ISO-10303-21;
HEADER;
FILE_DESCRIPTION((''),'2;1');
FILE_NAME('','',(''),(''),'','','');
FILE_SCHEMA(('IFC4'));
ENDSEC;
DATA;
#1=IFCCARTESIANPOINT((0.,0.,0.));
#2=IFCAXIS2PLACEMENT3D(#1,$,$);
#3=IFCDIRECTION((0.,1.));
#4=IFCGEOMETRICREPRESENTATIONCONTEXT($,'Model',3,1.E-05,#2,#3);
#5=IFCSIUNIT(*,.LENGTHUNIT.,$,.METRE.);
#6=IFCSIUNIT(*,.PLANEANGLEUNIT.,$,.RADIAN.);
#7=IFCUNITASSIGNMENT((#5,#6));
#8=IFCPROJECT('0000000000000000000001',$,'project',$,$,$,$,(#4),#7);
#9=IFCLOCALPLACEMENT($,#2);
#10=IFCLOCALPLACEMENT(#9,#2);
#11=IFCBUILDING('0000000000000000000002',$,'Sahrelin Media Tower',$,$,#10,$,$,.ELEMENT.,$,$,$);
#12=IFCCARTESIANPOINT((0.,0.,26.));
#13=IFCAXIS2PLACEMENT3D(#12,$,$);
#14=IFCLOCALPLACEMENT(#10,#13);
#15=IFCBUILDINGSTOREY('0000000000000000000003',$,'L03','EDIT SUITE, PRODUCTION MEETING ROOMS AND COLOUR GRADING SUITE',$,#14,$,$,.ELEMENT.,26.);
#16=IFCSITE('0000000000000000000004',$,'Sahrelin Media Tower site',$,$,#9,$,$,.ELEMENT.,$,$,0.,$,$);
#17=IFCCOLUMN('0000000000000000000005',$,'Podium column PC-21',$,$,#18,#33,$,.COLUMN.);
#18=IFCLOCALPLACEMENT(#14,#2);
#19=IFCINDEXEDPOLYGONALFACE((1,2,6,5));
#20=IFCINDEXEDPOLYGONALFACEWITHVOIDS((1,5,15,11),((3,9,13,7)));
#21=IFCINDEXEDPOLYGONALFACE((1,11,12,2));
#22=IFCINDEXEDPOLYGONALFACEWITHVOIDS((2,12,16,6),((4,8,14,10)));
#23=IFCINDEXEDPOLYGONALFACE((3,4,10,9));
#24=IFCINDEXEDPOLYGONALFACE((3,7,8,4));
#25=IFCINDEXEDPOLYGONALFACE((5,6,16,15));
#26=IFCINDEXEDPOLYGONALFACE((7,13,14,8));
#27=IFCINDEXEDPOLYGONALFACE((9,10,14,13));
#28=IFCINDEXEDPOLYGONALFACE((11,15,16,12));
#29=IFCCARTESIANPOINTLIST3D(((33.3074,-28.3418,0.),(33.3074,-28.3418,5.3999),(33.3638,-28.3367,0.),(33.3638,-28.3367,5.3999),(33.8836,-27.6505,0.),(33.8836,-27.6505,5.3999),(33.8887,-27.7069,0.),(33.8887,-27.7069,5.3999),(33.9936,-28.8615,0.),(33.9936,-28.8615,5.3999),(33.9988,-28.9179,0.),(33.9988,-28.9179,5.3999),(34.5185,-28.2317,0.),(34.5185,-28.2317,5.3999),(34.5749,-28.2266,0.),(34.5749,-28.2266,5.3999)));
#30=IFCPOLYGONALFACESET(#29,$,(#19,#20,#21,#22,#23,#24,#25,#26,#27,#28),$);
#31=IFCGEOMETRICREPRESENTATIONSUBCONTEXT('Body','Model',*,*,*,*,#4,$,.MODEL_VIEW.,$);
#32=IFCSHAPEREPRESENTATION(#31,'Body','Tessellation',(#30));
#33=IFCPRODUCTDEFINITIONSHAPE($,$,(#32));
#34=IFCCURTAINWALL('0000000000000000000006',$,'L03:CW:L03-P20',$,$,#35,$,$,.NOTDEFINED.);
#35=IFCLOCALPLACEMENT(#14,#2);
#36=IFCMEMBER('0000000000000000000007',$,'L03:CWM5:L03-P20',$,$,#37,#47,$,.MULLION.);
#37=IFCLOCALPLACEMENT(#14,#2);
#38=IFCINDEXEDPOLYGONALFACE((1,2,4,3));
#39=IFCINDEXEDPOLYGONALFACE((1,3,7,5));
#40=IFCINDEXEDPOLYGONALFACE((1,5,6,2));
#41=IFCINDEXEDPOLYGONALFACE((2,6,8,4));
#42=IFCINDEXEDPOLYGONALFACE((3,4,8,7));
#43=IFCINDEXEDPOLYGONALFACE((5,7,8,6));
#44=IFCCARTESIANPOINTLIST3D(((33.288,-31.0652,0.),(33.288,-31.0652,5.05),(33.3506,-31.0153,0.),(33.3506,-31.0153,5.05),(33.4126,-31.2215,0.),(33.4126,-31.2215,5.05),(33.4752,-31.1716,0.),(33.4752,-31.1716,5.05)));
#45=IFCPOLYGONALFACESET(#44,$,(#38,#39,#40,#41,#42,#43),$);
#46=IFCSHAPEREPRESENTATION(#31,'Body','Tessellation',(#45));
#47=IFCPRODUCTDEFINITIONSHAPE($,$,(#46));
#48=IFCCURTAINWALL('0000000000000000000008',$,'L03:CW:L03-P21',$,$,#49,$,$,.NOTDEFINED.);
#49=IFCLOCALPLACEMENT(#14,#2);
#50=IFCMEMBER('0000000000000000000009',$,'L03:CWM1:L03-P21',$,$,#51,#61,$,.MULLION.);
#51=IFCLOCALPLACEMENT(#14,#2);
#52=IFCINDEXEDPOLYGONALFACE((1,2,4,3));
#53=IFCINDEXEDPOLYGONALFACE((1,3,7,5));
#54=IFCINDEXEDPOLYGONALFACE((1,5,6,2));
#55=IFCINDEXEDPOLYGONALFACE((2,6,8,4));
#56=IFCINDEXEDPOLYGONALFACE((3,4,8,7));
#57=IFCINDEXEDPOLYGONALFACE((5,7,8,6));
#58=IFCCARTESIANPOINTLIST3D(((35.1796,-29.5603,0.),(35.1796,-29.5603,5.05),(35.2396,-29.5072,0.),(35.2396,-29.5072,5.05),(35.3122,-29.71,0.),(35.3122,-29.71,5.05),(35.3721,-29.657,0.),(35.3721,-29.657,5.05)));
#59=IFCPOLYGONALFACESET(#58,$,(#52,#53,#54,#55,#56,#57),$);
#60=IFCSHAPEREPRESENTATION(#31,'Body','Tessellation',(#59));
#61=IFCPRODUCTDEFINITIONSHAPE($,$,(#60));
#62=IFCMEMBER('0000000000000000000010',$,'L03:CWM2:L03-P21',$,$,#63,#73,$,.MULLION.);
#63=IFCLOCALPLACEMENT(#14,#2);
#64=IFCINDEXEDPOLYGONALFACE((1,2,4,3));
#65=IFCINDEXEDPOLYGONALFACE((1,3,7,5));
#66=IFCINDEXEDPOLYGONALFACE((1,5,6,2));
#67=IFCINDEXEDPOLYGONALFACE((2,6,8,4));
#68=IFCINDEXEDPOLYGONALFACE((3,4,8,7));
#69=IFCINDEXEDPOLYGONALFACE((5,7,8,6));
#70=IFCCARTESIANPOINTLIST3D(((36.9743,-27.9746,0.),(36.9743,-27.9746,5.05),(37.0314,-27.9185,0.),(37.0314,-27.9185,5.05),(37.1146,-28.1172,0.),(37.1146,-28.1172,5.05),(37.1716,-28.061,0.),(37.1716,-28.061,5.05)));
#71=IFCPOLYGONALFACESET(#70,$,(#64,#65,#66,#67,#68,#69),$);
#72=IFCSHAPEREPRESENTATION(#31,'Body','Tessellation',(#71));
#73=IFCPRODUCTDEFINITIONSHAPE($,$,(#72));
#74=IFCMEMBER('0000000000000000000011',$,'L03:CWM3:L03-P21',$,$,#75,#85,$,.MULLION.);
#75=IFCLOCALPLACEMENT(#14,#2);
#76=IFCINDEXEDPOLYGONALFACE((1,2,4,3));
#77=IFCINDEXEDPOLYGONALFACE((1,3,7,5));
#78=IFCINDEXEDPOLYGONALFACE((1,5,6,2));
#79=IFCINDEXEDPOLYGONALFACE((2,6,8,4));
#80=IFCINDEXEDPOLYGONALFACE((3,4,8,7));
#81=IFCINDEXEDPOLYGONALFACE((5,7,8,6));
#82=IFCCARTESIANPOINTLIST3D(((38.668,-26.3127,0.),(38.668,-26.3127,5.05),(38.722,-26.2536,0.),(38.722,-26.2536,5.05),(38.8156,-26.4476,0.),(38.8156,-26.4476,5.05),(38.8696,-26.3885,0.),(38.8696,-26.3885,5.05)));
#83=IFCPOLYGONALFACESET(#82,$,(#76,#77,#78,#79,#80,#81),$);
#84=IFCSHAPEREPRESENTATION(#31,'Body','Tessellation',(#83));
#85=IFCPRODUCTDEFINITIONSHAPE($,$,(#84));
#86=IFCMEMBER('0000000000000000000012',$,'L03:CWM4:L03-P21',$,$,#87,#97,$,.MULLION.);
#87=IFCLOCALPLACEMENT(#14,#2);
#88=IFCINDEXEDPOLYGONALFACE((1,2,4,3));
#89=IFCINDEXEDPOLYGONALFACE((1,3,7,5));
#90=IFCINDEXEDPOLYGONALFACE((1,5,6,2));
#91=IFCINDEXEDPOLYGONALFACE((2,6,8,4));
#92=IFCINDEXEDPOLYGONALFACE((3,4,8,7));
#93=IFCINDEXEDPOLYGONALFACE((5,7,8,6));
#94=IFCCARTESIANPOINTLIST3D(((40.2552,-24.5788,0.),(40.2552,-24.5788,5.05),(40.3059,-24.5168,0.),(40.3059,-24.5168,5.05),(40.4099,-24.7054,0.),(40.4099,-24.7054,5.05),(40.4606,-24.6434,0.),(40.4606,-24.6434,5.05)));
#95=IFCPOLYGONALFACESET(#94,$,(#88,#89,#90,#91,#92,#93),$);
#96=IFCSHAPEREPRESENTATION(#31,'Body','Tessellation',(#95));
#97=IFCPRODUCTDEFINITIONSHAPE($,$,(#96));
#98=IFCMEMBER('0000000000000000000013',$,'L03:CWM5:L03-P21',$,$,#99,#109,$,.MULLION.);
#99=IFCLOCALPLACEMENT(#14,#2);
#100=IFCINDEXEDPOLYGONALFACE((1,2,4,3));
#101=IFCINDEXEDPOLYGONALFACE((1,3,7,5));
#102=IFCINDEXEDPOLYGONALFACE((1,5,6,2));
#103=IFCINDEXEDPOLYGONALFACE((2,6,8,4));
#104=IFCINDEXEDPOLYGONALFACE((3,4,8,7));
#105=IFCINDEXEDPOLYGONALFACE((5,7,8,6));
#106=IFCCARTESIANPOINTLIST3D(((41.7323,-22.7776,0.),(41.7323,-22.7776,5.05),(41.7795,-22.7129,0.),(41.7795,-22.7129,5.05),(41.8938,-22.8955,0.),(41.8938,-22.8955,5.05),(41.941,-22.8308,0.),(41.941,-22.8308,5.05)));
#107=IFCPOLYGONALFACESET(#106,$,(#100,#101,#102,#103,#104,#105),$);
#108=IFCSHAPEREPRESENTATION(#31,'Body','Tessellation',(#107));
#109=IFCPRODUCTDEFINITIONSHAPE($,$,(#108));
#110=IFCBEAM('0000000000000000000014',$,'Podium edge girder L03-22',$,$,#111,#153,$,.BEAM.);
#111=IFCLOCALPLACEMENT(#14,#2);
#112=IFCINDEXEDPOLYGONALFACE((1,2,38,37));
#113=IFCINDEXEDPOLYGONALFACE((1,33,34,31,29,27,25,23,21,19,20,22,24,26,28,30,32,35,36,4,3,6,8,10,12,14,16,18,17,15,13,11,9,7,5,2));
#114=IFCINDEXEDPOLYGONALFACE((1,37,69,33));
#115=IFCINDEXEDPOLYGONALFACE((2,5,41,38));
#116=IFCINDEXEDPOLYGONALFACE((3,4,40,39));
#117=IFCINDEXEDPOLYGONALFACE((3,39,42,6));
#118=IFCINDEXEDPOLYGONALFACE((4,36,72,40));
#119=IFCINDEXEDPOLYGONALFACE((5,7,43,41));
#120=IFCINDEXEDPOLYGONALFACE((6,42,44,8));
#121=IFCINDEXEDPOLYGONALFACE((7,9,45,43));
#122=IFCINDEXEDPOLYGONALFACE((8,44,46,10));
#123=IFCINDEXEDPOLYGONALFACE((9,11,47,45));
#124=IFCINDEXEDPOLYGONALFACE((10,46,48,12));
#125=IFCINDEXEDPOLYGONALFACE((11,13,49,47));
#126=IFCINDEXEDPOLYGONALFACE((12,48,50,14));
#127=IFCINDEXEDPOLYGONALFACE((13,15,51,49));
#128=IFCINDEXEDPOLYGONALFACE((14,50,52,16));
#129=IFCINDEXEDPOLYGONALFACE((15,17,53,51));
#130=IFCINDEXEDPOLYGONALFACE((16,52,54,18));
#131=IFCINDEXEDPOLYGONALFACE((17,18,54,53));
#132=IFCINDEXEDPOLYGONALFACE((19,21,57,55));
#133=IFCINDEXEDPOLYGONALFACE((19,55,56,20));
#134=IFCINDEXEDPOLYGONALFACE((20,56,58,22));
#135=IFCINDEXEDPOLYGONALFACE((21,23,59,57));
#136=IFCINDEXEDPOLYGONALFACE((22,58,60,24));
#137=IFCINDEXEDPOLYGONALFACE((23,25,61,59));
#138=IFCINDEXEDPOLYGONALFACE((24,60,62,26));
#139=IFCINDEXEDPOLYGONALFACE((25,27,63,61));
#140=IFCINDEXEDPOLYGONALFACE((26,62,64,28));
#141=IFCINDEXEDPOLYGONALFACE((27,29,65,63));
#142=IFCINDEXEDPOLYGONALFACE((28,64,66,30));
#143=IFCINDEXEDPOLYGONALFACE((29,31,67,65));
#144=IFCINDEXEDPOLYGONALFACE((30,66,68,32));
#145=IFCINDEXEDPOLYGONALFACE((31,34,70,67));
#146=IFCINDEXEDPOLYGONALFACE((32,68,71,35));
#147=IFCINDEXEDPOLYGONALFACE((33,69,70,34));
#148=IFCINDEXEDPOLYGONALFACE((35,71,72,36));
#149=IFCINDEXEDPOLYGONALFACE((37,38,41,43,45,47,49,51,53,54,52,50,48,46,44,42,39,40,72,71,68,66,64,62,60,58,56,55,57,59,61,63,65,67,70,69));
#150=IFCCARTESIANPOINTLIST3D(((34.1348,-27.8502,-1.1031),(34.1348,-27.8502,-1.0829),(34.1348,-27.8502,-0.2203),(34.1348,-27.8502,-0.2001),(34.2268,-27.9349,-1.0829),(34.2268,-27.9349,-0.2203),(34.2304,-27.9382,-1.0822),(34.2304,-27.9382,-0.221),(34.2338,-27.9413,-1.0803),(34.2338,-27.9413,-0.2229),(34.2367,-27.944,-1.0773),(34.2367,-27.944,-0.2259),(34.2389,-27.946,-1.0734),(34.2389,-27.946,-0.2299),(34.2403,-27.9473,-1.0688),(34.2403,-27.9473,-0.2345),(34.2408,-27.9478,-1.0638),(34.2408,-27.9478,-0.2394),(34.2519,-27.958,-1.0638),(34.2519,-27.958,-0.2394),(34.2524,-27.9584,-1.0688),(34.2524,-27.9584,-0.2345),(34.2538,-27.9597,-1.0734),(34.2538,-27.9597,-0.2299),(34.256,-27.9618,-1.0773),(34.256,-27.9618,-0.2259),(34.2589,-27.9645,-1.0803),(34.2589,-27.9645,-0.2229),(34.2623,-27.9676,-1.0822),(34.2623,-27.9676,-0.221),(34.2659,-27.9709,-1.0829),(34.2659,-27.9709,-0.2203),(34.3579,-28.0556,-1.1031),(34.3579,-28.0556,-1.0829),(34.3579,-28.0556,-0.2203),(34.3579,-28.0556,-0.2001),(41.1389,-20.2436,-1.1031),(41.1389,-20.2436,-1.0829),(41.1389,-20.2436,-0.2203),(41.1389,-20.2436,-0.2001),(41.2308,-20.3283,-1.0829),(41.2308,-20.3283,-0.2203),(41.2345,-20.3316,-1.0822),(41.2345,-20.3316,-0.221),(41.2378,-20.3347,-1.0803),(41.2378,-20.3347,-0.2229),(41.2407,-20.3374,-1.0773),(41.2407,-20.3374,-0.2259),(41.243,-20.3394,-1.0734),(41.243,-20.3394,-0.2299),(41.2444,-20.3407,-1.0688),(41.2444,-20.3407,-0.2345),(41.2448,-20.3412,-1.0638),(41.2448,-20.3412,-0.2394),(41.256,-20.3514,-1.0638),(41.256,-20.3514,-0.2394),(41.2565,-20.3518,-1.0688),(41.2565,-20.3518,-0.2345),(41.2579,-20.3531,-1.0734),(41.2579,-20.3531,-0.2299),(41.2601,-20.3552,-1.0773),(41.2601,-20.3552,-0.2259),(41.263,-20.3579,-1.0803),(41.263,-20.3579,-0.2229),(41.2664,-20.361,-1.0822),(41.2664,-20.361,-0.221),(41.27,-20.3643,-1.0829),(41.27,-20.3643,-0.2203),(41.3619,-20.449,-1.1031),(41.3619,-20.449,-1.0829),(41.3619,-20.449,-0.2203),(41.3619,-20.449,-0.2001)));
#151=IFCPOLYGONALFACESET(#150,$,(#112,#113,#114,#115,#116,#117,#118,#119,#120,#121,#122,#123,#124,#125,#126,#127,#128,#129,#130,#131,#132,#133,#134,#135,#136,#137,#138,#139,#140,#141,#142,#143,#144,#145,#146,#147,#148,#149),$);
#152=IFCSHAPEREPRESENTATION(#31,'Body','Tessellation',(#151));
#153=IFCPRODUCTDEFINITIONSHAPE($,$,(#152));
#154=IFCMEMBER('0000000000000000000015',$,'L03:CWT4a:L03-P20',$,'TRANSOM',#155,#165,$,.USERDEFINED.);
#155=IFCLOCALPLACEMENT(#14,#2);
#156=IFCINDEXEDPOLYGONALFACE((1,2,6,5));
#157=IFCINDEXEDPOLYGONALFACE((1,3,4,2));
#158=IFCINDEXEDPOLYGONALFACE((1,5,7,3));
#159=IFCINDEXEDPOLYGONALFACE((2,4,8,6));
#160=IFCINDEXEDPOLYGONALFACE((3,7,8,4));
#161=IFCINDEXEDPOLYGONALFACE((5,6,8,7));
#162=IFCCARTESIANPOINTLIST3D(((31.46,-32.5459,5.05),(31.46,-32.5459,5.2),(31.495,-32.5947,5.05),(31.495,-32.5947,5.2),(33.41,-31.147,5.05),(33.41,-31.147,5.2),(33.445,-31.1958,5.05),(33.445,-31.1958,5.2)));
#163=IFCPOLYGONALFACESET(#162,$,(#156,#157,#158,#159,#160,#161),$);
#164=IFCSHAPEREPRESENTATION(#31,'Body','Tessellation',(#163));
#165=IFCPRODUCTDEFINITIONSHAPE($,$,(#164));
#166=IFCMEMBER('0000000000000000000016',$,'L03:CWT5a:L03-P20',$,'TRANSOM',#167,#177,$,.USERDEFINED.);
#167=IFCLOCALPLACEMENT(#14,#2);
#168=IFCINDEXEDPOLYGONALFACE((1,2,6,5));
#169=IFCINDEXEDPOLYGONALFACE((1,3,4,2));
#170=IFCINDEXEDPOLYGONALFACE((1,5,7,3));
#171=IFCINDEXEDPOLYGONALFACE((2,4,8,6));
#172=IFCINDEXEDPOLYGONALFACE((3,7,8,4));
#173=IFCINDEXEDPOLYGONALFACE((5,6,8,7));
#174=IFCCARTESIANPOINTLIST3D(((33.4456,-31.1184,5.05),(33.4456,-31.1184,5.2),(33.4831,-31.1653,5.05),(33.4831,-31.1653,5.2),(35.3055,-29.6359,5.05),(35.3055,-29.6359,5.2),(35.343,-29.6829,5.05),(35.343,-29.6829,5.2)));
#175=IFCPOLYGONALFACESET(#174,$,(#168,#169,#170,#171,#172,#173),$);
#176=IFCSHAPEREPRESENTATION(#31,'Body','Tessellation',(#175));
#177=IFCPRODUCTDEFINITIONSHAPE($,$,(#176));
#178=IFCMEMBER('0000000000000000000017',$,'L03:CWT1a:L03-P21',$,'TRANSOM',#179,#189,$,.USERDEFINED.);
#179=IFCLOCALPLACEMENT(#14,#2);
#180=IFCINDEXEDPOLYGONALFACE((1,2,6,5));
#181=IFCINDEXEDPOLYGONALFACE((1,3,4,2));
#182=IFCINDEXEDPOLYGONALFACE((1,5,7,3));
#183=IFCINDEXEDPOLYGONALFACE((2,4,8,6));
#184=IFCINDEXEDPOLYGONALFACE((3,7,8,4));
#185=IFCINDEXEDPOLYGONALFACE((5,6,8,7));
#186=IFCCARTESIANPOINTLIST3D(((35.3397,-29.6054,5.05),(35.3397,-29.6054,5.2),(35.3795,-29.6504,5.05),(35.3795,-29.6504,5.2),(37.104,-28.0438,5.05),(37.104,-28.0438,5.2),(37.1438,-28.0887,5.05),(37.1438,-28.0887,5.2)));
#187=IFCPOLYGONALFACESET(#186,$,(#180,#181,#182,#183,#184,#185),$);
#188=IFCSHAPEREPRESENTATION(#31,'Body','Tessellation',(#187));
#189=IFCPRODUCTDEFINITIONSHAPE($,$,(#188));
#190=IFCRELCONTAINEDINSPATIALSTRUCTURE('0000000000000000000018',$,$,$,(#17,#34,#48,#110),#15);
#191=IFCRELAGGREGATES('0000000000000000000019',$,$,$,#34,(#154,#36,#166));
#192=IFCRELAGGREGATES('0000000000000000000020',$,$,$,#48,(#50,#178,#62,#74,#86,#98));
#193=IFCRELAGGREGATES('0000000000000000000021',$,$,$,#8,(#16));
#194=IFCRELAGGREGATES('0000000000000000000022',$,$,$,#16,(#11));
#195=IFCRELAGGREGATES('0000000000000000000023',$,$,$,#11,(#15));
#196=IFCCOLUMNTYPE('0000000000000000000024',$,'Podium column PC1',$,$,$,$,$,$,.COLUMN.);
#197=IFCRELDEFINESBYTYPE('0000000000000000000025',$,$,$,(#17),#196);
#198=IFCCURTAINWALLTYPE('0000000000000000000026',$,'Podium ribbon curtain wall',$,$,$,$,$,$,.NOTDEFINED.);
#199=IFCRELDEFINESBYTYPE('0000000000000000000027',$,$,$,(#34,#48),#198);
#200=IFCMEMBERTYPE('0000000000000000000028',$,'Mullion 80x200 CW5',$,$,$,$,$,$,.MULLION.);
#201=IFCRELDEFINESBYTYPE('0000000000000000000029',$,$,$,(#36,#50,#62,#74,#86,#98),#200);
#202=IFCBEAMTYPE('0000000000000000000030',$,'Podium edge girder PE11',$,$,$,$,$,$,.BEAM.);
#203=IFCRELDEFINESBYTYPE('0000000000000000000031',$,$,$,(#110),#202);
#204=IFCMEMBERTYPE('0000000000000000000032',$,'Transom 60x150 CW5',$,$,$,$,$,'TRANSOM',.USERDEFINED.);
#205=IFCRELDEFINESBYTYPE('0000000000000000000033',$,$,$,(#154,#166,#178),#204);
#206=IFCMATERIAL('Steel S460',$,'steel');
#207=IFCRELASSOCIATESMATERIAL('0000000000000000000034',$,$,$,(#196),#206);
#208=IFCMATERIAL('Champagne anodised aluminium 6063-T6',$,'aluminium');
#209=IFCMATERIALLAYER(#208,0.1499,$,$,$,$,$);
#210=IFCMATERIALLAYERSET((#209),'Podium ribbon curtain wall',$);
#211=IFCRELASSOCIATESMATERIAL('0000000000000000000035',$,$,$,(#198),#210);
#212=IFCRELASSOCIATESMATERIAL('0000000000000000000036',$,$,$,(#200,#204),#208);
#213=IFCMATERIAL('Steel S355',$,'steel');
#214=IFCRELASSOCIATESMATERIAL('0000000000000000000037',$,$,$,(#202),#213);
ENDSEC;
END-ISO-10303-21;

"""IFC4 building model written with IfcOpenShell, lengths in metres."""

from ifc_helpers import new_model, si_unit, direction, frame, origin, origin_2d, place, context, subcontext, project, spatial, rectangle, hollow_rectangle, i_section, extrude, material, layer, layer_set, material_profile, profile_set, type_object, element, aggregate, save


model = new_model("IFC4")

# Units and contexts
model_context = context("Model", 3, precision=1e-05, world=origin(), true_north=direction((0.0, 1.0)))
body_context = subcontext(model_context, "Body", "Model", "MODEL_VIEW")
ifc_project = project(units=[si_unit("LENGTHUNIT", "METRE"), si_unit("PLANEANGLEUNIT", "RADIAN")], contexts=[model_context])

# Site, building, storey
site_placement = place(None, origin())
site = spatial("IfcSite", under=ifc_project, at=site_placement, Name="Sahrelin Media Tower site", CompositionType="ELEMENT", RefElevation=0.0)
building_placement = place(site_placement, origin())
building = spatial("IfcBuilding", under=site, at=building_placement, Name="Sahrelin Media Tower", CompositionType="ELEMENT")
storey_placement = place(building_placement, frame((0.0, 0.0, 26.0)))
storey = spatial("IfcBuildingStorey", under=building, at=storey_placement, Name="L03", Description="EDIT SUITE, PRODUCTION MEETING ROOMS AND COLOUR GRADING SUITE", CompositionType="ELEMENT", Elevation=26.0)

# Column
ifc_material_1 = material(Name="Steel S460", Category="steel")
ifc_material_profile_1 = material_profile(ifc_material_1, hollow_rectangle(XDim=0.8999, YDim=0.8999, WallThickness=0.04, at=origin_2d()), Name="Podium column PC1")
ifc_profile_set_1 = profile_set([ifc_material_profile_1], Name="Steel S460")
column_type = type_object("IfcColumnType", Name="Podium column PC1", PredefinedType="COLUMN", material=ifc_profile_set_1)
column_placement = place(storey_placement, frame((33.9412, -28.2842, 0.0), z_axis=(0.0, 0.0, 1.0), x_axis=(0.768221, -0.640185, 0.0)))
element("IfcColumn", 1, at=column_placement, inside=storey, type_object=column_type, Name="Podium column PC-21", PredefinedType="COLUMN", context=body_context, shape_type="SweptSolid", body=[
    extrude(hollow_rectangle(XDim=0.8999, YDim=0.8999, WallThickness=0.04, at=origin_2d()), origin(), (0.0, 0.0, 1.0), 5.3999),
])

# Curtain wall, member
ifc_material_2 = material(Name="Champagne anodised aluminium 6063-T6", Category="aluminium")
ifc_layer_1 = layer(ifc_material_2, 0.1499)
ifc_layer_set_1 = layer_set([ifc_layer_1], Name="Podium ribbon curtain wall")
curtain_wall_type = type_object("IfcCurtainWallType", Name="Podium ribbon curtain wall", PredefinedType="NOTDEFINED", material=ifc_layer_set_1)
curtain_wall_1_placement = place(storey_placement, frame((25.0, -36.373, 0.0), z_axis=(0.0, 0.0, 1.0), x_axis=(1.0, 0.0, 0.0)))
curtain_wall_1 = element("IfcCurtainWall", 2, at=curtain_wall_1_placement, inside=storey, type_object=curtain_wall_type, Name="L03:CW:L03-P20", PredefinedType="NOTDEFINED")
ifc_material_profile_2 = material_profile(ifc_material_2, rectangle(XDim=0.0801, YDim=0.2, at=origin_2d()), Name="Mullion 80x200")
ifc_profile_set_2 = profile_set([ifc_material_profile_2], Name="Champagne anodised aluminium 6063-T6")
member_type_1 = type_object("IfcMemberType", Name="Mullion 80x200 CW5", PredefinedType="MULLION", material=ifc_profile_set_2)
member_1_placement = place(storey_placement, frame((33.3816, -31.1184, 0.0), z_axis=(0.0, 0.0, 1.0), x_axis=(0.78196, 0.623328, 0.0)))
member_1 = element("IfcMember", 3, at=member_1_placement, type_object=member_type_1, Name="L03:CWM5:L03-P20", PredefinedType="MULLION", context=body_context, shape_type="SweptSolid", body=[
    extrude(rectangle(XDim=0.0801, YDim=0.2, at=origin_2d()), origin(), (0.0, 0.0, 1.0), 5.05),
])

# Curtain wall, members
curtain_wall_2_placement = place(storey_placement, frame((35.3552, -29.6985, 0.0), z_axis=(0.0, 0.0, 1.0), x_axis=(1.0, 0.0, 0.0)))
curtain_wall_2 = element("IfcCurtainWall", 4, at=curtain_wall_2_placement, inside=storey, type_object=curtain_wall_type, Name="L03:CW:L03-P21", PredefinedType="NOTDEFINED")
member_2_placement = place(storey_placement, frame((35.2759, -29.6086, 0.0), z_axis=(0.0, 0.0, 1.0), x_axis=(0.748788, 0.66281, 0.0)))
member_2 = element("IfcMember", 5, at=member_2_placement, type_object=member_type_1, Name="L03:CWM1:L03-P21", PredefinedType="MULLION", context=body_context, shape_type="SweptSolid", body=[
    extrude(rectangle(XDim=0.0801, YDim=0.2, at=origin_2d()), origin(), (0.0, 0.0, 1.0), 5.05),
])
member_3_placement = place(storey_placement, frame((37.073, -28.0178, 0.0), z_axis=(0.0, 0.0, 1.0), x_axis=(0.712974, 0.701191, 0.0)))
member_3 = element("IfcMember", 6, at=member_3_placement, type_object=member_type_1, Name="L03:CWM2:L03-P21", PredefinedType="MULLION", context=body_context, shape_type="SweptSolid", body=[
    extrude(rectangle(XDim=0.0801, YDim=0.2, at=origin_2d()), origin(), (0.0, 0.0, 1.0), 5.05),
])
member_4_placement = place(storey_placement, frame((38.7688, -26.3506, 0.0), z_axis=(0.0, 0.0, 1.0), x_axis=(0.67443, 0.738339, 0.0)))
member_4 = element("IfcMember", 7, at=member_4_placement, type_object=member_type_1, Name="L03:CWM3:L03-P21", PredefinedType="MULLION", context=body_context, shape_type="SweptSolid", body=[
    extrude(rectangle(XDim=0.0801, YDim=0.2, at=origin_2d()), origin(), (0.0, 0.0, 1.0), 5.05),
])
member_5_placement = place(storey_placement, frame((40.3579, -24.6111, 0.0), z_axis=(0.0, 0.0, 1.0), x_axis=(0.633235, 0.77396, 0.0)))
member_5 = element("IfcMember", 8, at=member_5_placement, type_object=member_type_1, Name="L03:CWM4:L03-P21", PredefinedType="MULLION", context=body_context, shape_type="SweptSolid", body=[
    extrude(rectangle(XDim=0.0801, YDim=0.2, at=origin_2d()), origin(), (0.0, 0.0, 1.0), 5.05),
])
member_6_placement = place(storey_placement, frame((41.8367, -22.8042, 0.0), z_axis=(0.0, 0.0, 1.0), x_axis=(0.589385, 0.807852, 0.0)))
member_6 = element("IfcMember", 9, at=member_6_placement, type_object=member_type_1, Name="L03:CWM5:L03-P21", PredefinedType="MULLION", context=body_context, shape_type="SweptSolid", body=[
    extrude(rectangle(XDim=0.0801, YDim=0.2, at=origin_2d()), origin(), (0.0, 0.0, 1.0), 5.05),
])

# Beam
ifc_material_3 = material(Name="Steel S355", Category="steel")
ifc_material_profile_3 = material_profile(ifc_material_3, i_section(OverallWidth=0.3032, OverallDepth=0.9031, WebThickness=0.0151, FlangeThickness=0.0203, FilletRadius=0.019, at=origin_2d()), Name="UB 914x305x201")
ifc_profile_set_3 = profile_set([ifc_material_profile_3], Name="Steel S355")
beam_type = type_object("IfcBeamType", Name="Podium edge girder PE11", PredefinedType="BEAM", material=ifc_profile_set_3)
beam_placement = place(storey_placement, frame((34.2463, -27.9529, -0.6516), z_axis=(0.677371, 0.735642, 0.0), x_axis=(-0.735642, 0.677371, 0.0)))
element("IfcBeam", 10, at=beam_placement, inside=storey, type_object=beam_type, Name="Podium edge girder L03-22", PredefinedType="BEAM", context=body_context, shape_type="SweptSolid", body=[
    extrude(i_section(OverallWidth=0.3032, OverallDepth=0.9031, WebThickness=0.0151, FlangeThickness=0.0203, FilletRadius=0.019, at=origin_2d()), origin(), (0.0, 0.0, 1.0), 10.3401),
])

# Members
ifc_material_profile_4 = material_profile(ifc_material_2, rectangle(XDim=0.0601, YDim=0.1499, at=origin_2d()), Name="Transom 60x150")
ifc_profile_set_4 = profile_set([ifc_material_profile_4], Name="Champagne anodised aluminium 6063-T6")
member_type_2 = type_object("IfcMemberType", Name="Transom 60x150 CW5", ElementType="TRANSOM", PredefinedType="USERDEFINED", material=ifc_profile_set_4)
member_7_placement = place(storey_placement, frame((31.4775, -32.5703, 5.125), z_axis=(0.812529, 0.582921, 0.0), x_axis=(-0.582921, 0.812529, 0.0)))
member_7 = element("IfcMember", 11, at=member_7_placement, type_object=member_type_2, Name="L03:CWT4a:L03-P20", ObjectType="TRANSOM", PredefinedType="USERDEFINED", context=body_context, shape_type="SweptSolid", body=[
    extrude(rectangle(XDim=0.0601, YDim=0.1499, at=origin_2d()), origin(), (0.0, 0.0, 1.0), 2.3999),
])
member_8_placement = place(storey_placement, frame((33.4644, -31.1418, 5.125), z_axis=(0.781989, 0.623292, 0.0), x_axis=(-0.623292, 0.781989, 0.0)))
member_8 = element("IfcMember", 12, at=member_8_placement, type_object=member_type_2, Name="L03:CWT5a:L03-P20", ObjectType="TRANSOM", PredefinedType="USERDEFINED", context=body_context, shape_type="SweptSolid", body=[
    extrude(rectangle(XDim=0.0601, YDim=0.1499, at=origin_2d()), origin(), (0.0, 0.0, 1.0), 2.3784),
])
member_9_placement = place(storey_placement, frame((35.3596, -29.6279, 5.125), z_axis=(0.748797, 0.6628, 0.0), x_axis=(-0.6628, 0.748797, 0.0)))
member_9 = element("IfcMember", 13, at=member_9_placement, type_object=member_type_2, Name="L03:CWT1a:L03-P21", ObjectType="TRANSOM", PredefinedType="USERDEFINED", context=body_context, shape_type="SweptSolid", body=[
    extrude(rectangle(XDim=0.0601, YDim=0.1499, at=origin_2d()), origin(), (0.0, 0.0, 1.0), 2.3562),
])

aggregate(curtain_wall_1, [member_7, member_1, member_8])
aggregate(curtain_wall_2, [member_2, member_9, member_3, member_4, member_5, member_6])

save(model, "model.ifc")
